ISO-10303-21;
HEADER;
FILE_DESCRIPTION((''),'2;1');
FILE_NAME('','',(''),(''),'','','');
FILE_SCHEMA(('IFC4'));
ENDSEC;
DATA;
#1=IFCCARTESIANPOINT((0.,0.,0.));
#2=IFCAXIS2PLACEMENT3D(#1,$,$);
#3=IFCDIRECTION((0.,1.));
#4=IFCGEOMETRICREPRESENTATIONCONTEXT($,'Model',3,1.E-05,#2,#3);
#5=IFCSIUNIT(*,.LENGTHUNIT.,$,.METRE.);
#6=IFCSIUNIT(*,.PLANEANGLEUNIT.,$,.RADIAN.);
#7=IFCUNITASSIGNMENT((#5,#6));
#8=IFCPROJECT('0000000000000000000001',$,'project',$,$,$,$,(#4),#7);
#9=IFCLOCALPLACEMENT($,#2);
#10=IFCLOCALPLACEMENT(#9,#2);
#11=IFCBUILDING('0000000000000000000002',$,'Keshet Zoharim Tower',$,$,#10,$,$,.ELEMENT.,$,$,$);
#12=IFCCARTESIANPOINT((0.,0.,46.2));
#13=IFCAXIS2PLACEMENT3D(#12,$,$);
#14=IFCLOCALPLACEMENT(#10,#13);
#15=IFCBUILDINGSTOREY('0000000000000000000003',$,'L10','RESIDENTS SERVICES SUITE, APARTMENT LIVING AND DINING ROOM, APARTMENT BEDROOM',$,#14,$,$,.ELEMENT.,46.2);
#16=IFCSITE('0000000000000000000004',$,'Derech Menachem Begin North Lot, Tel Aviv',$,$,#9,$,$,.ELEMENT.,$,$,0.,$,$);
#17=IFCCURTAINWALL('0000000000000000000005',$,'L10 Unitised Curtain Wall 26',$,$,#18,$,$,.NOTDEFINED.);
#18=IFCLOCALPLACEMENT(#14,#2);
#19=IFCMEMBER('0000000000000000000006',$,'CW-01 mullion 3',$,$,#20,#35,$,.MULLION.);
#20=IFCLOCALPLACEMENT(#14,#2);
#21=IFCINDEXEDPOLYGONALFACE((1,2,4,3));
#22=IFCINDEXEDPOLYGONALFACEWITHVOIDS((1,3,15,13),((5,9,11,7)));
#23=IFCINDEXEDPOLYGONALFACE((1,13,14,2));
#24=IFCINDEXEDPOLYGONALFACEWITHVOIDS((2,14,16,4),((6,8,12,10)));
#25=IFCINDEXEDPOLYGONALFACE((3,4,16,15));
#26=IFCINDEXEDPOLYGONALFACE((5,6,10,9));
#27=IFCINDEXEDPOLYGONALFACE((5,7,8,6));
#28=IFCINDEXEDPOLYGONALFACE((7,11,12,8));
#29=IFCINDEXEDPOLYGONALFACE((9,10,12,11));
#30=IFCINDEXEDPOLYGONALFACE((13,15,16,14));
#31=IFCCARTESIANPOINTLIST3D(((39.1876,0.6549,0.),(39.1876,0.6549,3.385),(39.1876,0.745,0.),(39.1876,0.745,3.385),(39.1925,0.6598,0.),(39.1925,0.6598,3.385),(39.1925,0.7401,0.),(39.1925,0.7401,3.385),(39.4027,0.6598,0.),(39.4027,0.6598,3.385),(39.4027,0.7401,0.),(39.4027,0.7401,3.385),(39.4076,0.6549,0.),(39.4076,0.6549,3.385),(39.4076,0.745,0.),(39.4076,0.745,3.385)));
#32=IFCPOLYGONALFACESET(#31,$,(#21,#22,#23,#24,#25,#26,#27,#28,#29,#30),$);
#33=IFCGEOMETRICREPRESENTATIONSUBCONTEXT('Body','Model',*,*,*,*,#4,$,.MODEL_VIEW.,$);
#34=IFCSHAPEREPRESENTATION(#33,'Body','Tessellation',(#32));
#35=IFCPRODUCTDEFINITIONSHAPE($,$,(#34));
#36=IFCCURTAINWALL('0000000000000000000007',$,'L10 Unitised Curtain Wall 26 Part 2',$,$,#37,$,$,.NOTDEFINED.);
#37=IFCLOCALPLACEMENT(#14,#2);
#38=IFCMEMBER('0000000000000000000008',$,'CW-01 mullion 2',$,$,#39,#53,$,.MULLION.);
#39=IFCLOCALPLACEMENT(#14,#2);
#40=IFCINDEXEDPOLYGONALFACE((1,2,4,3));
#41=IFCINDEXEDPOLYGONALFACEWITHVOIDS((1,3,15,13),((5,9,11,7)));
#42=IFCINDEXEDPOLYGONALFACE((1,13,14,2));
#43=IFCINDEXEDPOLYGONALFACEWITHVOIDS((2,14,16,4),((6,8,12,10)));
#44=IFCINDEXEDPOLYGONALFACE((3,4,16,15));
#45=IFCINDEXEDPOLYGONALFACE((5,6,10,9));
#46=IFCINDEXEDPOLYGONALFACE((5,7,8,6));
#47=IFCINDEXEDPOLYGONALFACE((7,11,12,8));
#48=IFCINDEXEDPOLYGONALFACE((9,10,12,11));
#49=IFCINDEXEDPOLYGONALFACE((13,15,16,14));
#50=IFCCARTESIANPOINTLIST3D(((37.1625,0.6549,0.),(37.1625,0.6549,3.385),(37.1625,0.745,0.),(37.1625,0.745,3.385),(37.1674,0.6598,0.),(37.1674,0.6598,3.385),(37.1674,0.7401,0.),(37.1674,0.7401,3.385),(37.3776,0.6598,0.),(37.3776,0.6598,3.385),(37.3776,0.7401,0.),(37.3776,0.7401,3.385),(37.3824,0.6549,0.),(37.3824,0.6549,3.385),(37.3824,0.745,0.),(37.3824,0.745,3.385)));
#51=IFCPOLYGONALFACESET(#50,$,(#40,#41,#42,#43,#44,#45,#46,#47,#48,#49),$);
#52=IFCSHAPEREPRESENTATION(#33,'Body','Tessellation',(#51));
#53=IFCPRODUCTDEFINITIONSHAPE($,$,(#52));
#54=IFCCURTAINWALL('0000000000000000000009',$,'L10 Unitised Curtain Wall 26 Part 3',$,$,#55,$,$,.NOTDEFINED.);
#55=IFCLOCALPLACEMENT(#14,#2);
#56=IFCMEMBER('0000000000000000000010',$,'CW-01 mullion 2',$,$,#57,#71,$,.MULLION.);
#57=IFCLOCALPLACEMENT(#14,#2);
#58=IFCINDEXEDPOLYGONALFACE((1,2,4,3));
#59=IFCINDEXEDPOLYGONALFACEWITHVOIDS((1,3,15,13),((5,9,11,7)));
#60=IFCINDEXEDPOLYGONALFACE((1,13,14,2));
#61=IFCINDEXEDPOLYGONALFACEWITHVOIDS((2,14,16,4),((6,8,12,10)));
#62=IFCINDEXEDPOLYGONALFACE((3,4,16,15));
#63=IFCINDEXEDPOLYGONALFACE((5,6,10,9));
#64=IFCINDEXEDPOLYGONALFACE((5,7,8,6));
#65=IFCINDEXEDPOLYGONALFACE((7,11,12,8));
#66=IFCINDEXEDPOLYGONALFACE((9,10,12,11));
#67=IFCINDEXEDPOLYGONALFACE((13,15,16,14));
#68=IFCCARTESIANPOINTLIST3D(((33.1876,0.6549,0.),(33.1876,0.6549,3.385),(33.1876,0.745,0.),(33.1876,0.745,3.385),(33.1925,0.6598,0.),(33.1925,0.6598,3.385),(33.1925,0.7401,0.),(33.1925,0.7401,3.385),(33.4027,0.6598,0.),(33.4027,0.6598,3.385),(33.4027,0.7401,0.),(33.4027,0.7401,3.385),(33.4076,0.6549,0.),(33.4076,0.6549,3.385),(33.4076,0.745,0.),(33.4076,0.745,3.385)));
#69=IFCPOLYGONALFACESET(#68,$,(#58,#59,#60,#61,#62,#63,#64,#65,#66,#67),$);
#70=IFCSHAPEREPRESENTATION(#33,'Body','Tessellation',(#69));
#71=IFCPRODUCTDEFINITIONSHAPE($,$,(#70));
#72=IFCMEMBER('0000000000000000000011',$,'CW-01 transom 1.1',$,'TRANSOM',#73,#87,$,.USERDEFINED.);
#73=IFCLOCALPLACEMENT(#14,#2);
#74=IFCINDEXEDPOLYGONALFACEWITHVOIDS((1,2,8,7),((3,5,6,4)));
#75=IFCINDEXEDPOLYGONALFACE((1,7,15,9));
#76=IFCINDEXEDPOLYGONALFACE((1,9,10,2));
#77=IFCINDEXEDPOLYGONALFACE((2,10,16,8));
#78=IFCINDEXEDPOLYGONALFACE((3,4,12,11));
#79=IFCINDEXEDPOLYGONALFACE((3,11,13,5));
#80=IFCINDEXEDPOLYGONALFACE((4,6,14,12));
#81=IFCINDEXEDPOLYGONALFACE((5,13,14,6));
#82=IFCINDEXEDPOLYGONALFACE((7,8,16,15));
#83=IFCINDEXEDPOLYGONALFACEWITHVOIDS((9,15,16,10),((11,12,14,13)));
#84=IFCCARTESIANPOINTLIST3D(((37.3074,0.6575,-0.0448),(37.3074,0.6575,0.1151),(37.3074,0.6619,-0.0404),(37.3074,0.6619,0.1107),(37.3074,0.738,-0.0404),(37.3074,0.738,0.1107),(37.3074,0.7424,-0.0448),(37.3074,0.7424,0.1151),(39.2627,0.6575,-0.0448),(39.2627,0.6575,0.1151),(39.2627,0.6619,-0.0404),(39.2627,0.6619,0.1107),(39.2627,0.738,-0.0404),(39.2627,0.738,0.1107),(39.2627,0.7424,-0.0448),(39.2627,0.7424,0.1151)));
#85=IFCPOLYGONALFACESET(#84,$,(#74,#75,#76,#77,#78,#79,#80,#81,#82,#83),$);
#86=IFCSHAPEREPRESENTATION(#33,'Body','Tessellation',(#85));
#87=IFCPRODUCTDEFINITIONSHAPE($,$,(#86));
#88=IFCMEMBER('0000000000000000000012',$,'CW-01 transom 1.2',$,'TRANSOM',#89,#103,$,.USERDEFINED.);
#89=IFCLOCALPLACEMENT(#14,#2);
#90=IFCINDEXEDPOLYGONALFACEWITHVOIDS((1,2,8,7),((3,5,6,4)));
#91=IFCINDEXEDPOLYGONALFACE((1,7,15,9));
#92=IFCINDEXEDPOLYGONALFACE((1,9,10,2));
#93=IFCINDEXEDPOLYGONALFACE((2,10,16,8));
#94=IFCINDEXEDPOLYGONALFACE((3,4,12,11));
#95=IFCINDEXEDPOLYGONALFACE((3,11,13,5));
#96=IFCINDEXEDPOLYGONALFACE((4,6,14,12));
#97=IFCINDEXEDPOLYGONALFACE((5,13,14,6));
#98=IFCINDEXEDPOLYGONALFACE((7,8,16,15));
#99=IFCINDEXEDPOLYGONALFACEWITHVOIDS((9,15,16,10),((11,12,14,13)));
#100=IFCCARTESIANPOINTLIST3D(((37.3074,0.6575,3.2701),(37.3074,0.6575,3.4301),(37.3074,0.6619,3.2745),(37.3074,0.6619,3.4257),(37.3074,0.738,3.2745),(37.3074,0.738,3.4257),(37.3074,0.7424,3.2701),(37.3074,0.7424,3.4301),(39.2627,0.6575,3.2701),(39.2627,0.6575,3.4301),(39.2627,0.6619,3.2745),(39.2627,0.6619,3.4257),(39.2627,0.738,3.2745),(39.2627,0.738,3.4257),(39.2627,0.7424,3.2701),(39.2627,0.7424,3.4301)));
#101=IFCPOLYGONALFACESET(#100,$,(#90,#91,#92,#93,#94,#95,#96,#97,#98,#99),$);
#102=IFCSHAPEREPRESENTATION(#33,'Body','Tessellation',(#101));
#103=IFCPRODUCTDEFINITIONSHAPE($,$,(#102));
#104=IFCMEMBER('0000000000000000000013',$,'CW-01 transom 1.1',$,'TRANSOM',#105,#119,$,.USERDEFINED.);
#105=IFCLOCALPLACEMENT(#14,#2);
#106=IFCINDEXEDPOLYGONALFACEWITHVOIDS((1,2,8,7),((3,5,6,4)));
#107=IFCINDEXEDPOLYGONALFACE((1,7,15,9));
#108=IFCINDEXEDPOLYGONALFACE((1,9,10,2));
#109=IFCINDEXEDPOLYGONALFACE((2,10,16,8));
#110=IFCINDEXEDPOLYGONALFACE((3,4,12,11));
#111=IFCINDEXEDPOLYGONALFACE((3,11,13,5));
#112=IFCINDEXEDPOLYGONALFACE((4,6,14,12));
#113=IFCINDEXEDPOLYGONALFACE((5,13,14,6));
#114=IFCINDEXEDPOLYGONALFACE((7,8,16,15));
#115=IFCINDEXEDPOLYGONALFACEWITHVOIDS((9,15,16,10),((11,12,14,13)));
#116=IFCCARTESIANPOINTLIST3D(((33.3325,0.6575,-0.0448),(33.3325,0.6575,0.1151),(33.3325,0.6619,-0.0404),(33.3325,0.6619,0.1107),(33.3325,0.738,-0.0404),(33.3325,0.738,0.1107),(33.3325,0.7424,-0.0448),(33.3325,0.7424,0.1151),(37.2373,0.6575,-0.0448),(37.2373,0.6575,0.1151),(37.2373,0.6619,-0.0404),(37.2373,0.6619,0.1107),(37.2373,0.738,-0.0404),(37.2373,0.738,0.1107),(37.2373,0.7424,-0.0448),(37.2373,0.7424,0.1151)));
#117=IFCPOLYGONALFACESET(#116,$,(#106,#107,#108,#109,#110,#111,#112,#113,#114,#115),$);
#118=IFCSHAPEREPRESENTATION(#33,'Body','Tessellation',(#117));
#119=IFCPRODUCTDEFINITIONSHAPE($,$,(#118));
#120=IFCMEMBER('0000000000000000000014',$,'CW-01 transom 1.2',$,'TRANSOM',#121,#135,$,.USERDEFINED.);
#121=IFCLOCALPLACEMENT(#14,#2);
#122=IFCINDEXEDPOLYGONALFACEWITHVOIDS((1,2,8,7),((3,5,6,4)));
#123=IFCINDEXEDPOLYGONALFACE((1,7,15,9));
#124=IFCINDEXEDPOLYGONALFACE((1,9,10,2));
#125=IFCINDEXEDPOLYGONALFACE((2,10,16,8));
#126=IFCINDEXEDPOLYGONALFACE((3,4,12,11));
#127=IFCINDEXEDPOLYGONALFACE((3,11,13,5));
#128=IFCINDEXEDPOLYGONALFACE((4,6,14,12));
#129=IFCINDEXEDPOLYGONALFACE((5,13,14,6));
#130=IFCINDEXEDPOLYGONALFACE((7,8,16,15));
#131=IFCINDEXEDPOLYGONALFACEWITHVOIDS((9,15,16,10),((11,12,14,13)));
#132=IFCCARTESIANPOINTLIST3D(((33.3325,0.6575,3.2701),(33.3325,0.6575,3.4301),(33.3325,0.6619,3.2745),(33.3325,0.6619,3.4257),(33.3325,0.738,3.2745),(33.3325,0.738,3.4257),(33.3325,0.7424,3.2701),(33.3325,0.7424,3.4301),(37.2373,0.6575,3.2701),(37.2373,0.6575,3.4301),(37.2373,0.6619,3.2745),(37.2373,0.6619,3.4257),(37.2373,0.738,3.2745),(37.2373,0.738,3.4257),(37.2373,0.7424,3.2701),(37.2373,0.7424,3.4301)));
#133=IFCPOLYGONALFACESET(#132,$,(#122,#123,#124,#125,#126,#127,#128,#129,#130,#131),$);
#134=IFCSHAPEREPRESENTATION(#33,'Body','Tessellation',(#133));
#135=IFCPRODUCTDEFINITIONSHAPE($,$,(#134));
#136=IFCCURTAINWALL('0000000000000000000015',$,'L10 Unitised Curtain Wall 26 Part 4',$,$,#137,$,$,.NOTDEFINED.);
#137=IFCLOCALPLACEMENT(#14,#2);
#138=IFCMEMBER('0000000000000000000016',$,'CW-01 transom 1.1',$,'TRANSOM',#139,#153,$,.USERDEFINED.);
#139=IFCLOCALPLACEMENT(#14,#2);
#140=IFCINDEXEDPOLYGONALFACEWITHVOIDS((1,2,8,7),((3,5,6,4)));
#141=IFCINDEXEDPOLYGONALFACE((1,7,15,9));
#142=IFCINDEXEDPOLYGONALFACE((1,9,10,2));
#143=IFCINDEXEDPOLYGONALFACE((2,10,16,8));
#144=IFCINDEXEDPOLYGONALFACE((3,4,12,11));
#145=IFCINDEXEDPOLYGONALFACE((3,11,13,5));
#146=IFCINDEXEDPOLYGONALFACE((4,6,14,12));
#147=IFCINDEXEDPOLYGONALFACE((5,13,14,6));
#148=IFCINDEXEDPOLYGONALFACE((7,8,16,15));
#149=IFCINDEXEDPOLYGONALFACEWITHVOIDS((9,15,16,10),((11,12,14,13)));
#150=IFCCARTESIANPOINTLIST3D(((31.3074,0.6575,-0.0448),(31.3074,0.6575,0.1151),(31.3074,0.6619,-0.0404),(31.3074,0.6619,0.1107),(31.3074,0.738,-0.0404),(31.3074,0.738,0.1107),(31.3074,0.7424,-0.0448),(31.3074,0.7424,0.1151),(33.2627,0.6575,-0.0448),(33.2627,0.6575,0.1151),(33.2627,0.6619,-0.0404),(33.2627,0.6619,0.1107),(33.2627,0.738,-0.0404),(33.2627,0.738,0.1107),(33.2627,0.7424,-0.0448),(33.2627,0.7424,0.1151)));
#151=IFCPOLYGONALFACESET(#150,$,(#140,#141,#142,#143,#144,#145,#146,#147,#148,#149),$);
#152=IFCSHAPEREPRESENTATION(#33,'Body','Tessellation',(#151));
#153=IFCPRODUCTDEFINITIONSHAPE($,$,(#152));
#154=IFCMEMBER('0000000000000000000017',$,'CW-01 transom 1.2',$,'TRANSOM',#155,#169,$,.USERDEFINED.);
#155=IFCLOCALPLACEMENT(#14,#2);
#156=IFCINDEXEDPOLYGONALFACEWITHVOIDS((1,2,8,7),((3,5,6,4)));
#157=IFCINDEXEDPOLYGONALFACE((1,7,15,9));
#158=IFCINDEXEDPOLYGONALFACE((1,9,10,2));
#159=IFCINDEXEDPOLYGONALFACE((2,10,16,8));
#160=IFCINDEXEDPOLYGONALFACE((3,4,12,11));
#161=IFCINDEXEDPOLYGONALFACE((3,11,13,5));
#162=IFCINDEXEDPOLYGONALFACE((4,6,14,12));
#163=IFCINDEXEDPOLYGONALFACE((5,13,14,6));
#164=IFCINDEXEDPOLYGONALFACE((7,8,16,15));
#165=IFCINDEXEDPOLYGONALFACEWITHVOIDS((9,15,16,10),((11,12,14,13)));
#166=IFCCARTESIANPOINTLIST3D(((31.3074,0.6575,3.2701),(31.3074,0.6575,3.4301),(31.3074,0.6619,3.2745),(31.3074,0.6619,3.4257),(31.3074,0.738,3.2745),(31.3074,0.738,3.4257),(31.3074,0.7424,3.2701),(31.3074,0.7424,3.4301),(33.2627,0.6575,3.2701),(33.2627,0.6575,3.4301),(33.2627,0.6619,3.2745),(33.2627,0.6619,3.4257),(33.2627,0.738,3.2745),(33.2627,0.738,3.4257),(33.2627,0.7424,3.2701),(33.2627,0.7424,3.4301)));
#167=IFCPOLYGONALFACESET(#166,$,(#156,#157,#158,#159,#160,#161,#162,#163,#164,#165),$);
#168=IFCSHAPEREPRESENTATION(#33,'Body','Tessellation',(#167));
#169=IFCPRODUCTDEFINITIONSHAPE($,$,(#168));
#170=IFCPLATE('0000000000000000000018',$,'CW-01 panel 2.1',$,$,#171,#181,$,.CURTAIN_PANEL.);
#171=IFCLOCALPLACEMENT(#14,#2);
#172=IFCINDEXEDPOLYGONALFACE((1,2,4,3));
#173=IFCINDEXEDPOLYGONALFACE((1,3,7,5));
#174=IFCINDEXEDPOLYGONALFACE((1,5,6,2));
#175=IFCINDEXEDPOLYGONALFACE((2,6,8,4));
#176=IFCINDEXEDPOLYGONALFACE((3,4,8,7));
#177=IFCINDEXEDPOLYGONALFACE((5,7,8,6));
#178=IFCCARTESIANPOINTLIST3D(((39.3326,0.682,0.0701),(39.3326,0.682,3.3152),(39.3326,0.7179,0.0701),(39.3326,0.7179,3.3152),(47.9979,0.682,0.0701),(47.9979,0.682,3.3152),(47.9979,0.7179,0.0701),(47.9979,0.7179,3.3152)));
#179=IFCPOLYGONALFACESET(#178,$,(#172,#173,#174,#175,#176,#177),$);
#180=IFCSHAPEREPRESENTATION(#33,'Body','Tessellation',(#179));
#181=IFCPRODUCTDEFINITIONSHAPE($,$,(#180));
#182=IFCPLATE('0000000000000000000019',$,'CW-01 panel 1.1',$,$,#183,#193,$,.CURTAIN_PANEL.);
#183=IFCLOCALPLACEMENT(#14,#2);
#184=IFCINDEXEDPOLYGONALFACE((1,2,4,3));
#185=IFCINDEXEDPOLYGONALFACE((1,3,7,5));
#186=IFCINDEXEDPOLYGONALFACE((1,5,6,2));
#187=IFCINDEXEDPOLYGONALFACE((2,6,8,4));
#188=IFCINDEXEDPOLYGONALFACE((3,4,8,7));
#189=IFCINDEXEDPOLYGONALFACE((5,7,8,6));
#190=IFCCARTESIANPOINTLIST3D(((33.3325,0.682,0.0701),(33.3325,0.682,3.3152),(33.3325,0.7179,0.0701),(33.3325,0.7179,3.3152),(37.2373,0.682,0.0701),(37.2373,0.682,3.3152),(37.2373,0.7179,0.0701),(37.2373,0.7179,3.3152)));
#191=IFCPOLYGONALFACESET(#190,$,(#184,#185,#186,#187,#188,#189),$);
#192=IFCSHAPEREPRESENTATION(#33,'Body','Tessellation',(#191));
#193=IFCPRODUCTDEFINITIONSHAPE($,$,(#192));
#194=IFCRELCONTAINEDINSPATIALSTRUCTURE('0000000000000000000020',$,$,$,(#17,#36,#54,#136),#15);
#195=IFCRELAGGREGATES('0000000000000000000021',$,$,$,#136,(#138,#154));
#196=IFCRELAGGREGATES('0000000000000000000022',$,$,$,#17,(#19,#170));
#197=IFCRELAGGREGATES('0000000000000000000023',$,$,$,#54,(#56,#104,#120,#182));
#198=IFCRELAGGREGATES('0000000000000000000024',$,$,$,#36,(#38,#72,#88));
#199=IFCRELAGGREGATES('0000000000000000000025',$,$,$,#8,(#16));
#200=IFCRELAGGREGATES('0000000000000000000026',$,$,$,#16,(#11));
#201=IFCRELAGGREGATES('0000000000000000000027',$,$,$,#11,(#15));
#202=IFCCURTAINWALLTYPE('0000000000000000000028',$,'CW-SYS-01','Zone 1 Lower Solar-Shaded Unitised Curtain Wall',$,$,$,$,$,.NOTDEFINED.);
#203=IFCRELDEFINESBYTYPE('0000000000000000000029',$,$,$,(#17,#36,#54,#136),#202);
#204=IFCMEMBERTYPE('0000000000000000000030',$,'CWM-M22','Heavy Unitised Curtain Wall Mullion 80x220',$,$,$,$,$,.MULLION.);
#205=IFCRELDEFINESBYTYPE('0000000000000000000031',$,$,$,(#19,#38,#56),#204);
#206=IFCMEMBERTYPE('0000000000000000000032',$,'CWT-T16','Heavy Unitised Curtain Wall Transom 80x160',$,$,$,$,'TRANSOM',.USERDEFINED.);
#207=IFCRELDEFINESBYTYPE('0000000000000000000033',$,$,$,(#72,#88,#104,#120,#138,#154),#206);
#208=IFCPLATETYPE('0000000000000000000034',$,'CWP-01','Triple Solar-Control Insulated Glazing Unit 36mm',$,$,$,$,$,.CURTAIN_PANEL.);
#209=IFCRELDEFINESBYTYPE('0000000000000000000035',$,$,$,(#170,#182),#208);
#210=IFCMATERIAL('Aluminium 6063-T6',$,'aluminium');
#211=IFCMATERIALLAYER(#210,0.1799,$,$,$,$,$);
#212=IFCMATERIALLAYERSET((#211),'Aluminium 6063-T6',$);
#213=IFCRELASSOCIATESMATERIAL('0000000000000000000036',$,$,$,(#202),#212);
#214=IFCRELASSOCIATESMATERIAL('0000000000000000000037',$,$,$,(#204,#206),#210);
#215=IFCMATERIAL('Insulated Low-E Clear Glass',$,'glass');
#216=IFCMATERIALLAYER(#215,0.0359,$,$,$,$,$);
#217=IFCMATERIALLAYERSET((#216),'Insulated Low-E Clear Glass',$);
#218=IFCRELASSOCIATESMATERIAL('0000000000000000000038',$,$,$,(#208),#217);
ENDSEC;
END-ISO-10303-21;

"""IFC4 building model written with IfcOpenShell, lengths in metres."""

from ifc_helpers import new_model, si_unit, direction, frame, origin, origin_2d, place, context, subcontext, project, spatial, rectangle, hollow_rectangle, extrude, material, layer, layer_set, material_profile, profile_set, type_object, element, aggregate, save


model = new_model("IFC4")

# Units and contexts
model_context = context("Model", 3, precision=1e-05, world=origin(), true_north=direction((0.0, 1.0)))
body_context = subcontext(model_context, "Body", "Model", "MODEL_VIEW")
ifc_project = project(units=[si_unit("LENGTHUNIT", "METRE"), si_unit("PLANEANGLEUNIT", "RADIAN")], contexts=[model_context])

# Site, building, storey
site_placement = place(None, origin())
site = spatial("IfcSite", under=ifc_project, at=site_placement, Name="Derech Menachem Begin North Lot, Tel Aviv", CompositionType="ELEMENT", RefElevation=0.0)
building_placement = place(site_placement, origin())
building = spatial("IfcBuilding", under=site, at=building_placement, Name="Keshet Zoharim Tower", CompositionType="ELEMENT")
storey_placement = place(building_placement, frame((0.0, 0.0, 46.2)))
storey = spatial("IfcBuildingStorey", under=building, at=storey_placement, Name="L10", Description="RESIDENTS SERVICES SUITE, APARTMENT LIVING AND DINING ROOM, APARTMENT BEDROOM", CompositionType="ELEMENT", Elevation=46.2)

# Curtain walls, members
ifc_material_1 = material(Name="Aluminium 6063-T6", Category="aluminium")
ifc_layer_1 = layer(ifc_material_1, 0.1799)
ifc_layer_set_1 = layer_set([ifc_layer_1], Name="Aluminium 6063-T6")
curtain_wall_type = type_object("IfcCurtainWallType", Name="CW-SYS-01", Description="Zone 1 Lower Solar-Shaded Unitised Curtain Wall", PredefinedType="NOTDEFINED", material=ifc_layer_set_1)
curtain_wall_1_placement = place(storey_placement, origin())
curtain_wall_1 = element("IfcCurtainWall", 1, at=curtain_wall_1_placement, inside=storey, type_object=curtain_wall_type, Name="L10 Unitised Curtain Wall 26", PredefinedType="NOTDEFINED")
ifc_material_profile_1 = material_profile(ifc_material_1, hollow_rectangle(XDim=0.0901, YDim=0.22, WallThickness=0.0049, at=origin_2d()), Name="MUL-90x220")
ifc_profile_set_1 = profile_set([ifc_material_profile_1], Name="Aluminium 6063-T6")
member_type_1 = type_object("IfcMemberType", Name="CWM-M22", Description="Heavy Unitised Curtain Wall Mullion 80x220", PredefinedType="MULLION", material=ifc_profile_set_1)
member_1_placement = place(storey_placement, frame((39.2976, 0.7, 0.0), z_axis=(0.0, 0.0, 1.0), x_axis=(0.0, -1.0, 0.0)))
member_1 = element("IfcMember", 2, at=member_1_placement, type_object=member_type_1, Name="CW-01 mullion 3", PredefinedType="MULLION", context=body_context, shape_type="SweptSolid", body=[
    extrude(hollow_rectangle(XDim=0.0901, YDim=0.22, WallThickness=0.0049, at=origin_2d()), origin(), (0.0, 0.0, 1.0), 3.385),
])
curtain_wall_2_placement = place(storey_placement, origin())
curtain_wall_2 = element("IfcCurtainWall", 3, at=curtain_wall_2_placement, inside=storey, type_object=curtain_wall_type, Name="L10 Unitised Curtain Wall 26 Part 2", PredefinedType="NOTDEFINED")
member_2_placement = place(storey_placement, frame((37.2725, 0.7, 0.0), z_axis=(0.0, 0.0, 1.0), x_axis=(0.0, -1.0, 0.0)))
member_2 = element("IfcMember", 4, at=member_2_placement, type_object=member_type_1, Name="CW-01 mullion 2", PredefinedType="MULLION", context=body_context, shape_type="SweptSolid", body=[
    extrude(hollow_rectangle(XDim=0.0901, YDim=0.22, WallThickness=0.0049, at=origin_2d()), origin(), (0.0, 0.0, 1.0), 3.385),
])
curtain_wall_3_placement = place(storey_placement, origin())
curtain_wall_3 = element("IfcCurtainWall", 5, at=curtain_wall_3_placement, inside=storey, type_object=curtain_wall_type, Name="L10 Unitised Curtain Wall 26 Part 3", PredefinedType="NOTDEFINED")
member_3_placement = place(storey_placement, frame((33.2976, 0.7, 0.0), z_axis=(0.0, 0.0, 1.0), x_axis=(0.0, -1.0, 0.0)))
member_3 = element("IfcMember", 6, at=member_3_placement, type_object=member_type_1, Name="CW-01 mullion 2", PredefinedType="MULLION", context=body_context, shape_type="SweptSolid", body=[
    extrude(hollow_rectangle(XDim=0.0901, YDim=0.22, WallThickness=0.0049, at=origin_2d()), origin(), (0.0, 0.0, 1.0), 3.385),
])

# Members
ifc_material_profile_2 = material_profile(ifc_material_1, hollow_rectangle(XDim=0.085, YDim=0.1599, WallThickness=0.0044, at=origin_2d()), Name="TRN-85x160")
ifc_profile_set_2 = profile_set([ifc_material_profile_2], Name="Aluminium 6063-T6")
member_type_2 = type_object("IfcMemberType", Name="CWT-T16", Description="Heavy Unitised Curtain Wall Transom 80x160", ElementType="TRANSOM", PredefinedType="USERDEFINED", material=ifc_profile_set_2)
member_4_placement = place(storey_placement, frame((39.2627, 0.7, 0.0352), z_axis=(-1.0, 0.0, 0.0), x_axis=(0.0, -1.0, 0.0)))
member_4 = element("IfcMember", 7, at=member_4_placement, type_object=member_type_2, Name="CW-01 transom 1.1", ObjectType="TRANSOM", PredefinedType="USERDEFINED", context=body_context, shape_type="SweptSolid", body=[
    extrude(hollow_rectangle(XDim=0.085, YDim=0.1599, WallThickness=0.0044, at=origin_2d()), origin(), (0.0, 0.0, 1.0), 1.9553),
])
member_5_placement = place(storey_placement, frame((39.2627, 0.7, 3.3501), z_axis=(-1.0, 0.0, 0.0), x_axis=(0.0, -1.0, 0.0)))
member_5 = element("IfcMember", 8, at=member_5_placement, type_object=member_type_2, Name="CW-01 transom 1.2", ObjectType="TRANSOM", PredefinedType="USERDEFINED", context=body_context, shape_type="SweptSolid", body=[
    extrude(hollow_rectangle(XDim=0.085, YDim=0.1599, WallThickness=0.0044, at=origin_2d()), origin(), (0.0, 0.0, 1.0), 1.9553),
])
member_6_placement = place(storey_placement, frame((37.2373, 0.7, 0.0352), z_axis=(-1.0, 0.0, 0.0), x_axis=(0.0, -1.0, 0.0)))
member_6 = element("IfcMember", 9, at=member_6_placement, type_object=member_type_2, Name="CW-01 transom 1.1", ObjectType="TRANSOM", PredefinedType="USERDEFINED", context=body_context, shape_type="SweptSolid", body=[
    extrude(hollow_rectangle(XDim=0.085, YDim=0.1599, WallThickness=0.0044, at=origin_2d()), origin(), (0.0, 0.0, 1.0), 3.9048),
])
member_7_placement = place(storey_placement, frame((37.2373, 0.7, 3.3501), z_axis=(-1.0, 0.0, 0.0), x_axis=(0.0, -1.0, 0.0)))
member_7 = element("IfcMember", 10, at=member_7_placement, type_object=member_type_2, Name="CW-01 transom 1.2", ObjectType="TRANSOM", PredefinedType="USERDEFINED", context=body_context, shape_type="SweptSolid", body=[
    extrude(hollow_rectangle(XDim=0.085, YDim=0.1599, WallThickness=0.0044, at=origin_2d()), origin(), (0.0, 0.0, 1.0), 3.9048),
])

# Curtain wall, members
curtain_wall_4_placement = place(storey_placement, origin())
curtain_wall_4 = element("IfcCurtainWall", 11, at=curtain_wall_4_placement, inside=storey, type_object=curtain_wall_type, Name="L10 Unitised Curtain Wall 26 Part 4", PredefinedType="NOTDEFINED")
member_8_placement = place(storey_placement, frame((33.2627, 0.7, 0.0352), z_axis=(-1.0, 0.0, 0.0), x_axis=(0.0, -1.0, 0.0)))
member_8 = element("IfcMember", 12, at=member_8_placement, type_object=member_type_2, Name="CW-01 transom 1.1", ObjectType="TRANSOM", PredefinedType="USERDEFINED", context=body_context, shape_type="SweptSolid", body=[
    extrude(hollow_rectangle(XDim=0.085, YDim=0.1599, WallThickness=0.0044, at=origin_2d()), origin(), (0.0, 0.0, 1.0), 1.9553),
])
member_9_placement = place(storey_placement, frame((33.2627, 0.7, 3.3501), z_axis=(-1.0, 0.0, 0.0), x_axis=(0.0, -1.0, 0.0)))
member_9 = element("IfcMember", 13, at=member_9_placement, type_object=member_type_2, Name="CW-01 transom 1.2", ObjectType="TRANSOM", PredefinedType="USERDEFINED", context=body_context, shape_type="SweptSolid", body=[
    extrude(hollow_rectangle(XDim=0.085, YDim=0.1599, WallThickness=0.0044, at=origin_2d()), origin(), (0.0, 0.0, 1.0), 1.9553),
])
aggregate(curtain_wall_4, [member_8, member_9])

# Plates
ifc_material_2 = material(Name="Insulated Low-E Clear Glass", Category="glass")
ifc_layer_2 = layer(ifc_material_2, 0.0359)
ifc_layer_set_2 = layer_set([ifc_layer_2], Name="Insulated Low-E Clear Glass")
plate_type_1 = type_object("IfcPlateType", Name="CWP-01", Description="Triple Solar-Control Insulated Glazing Unit 36mm", PredefinedType="CURTAIN_PANEL", material=ifc_layer_set_2)
plate_1_placement = place(storey_placement, frame((43.6653, 0.7, 0.0701), z_axis=(0.0, 0.0, 1.0), x_axis=(-1.0, 0.0, 0.0)))
plate_1 = element("IfcPlate", 14, at=plate_1_placement, type_object=plate_type_1, Name="CW-01 panel 2.1", PredefinedType="CURTAIN_PANEL", context=body_context, shape_type="SweptSolid", body=[
    extrude(rectangle(XDim=8.6653, YDim=0.0359, at=origin_2d()), origin(), (0.0, 0.0, 1.0), 3.2451),
])
aggregate(curtain_wall_1, [member_1, plate_1])
plate_2_placement = place(storey_placement, frame((35.2849, 0.7, 0.0701), z_axis=(0.0, 0.0, 1.0), x_axis=(-1.0, 0.0, 0.0)))
plate_2 = element("IfcPlate", 15, at=plate_2_placement, type_object=plate_type_1, Name="CW-01 panel 1.1", PredefinedType="CURTAIN_PANEL", context=body_context, shape_type="SweptSolid", body=[
    extrude(rectangle(XDim=3.9048, YDim=0.0359, at=origin_2d()), origin(), (0.0, 0.0, 1.0), 3.2451),
])
aggregate(curtain_wall_3, [member_3, member_6, member_7, plate_2])
aggregate(curtain_wall_2, [member_2, member_4, member_5])

save(model, "model.ifc")
